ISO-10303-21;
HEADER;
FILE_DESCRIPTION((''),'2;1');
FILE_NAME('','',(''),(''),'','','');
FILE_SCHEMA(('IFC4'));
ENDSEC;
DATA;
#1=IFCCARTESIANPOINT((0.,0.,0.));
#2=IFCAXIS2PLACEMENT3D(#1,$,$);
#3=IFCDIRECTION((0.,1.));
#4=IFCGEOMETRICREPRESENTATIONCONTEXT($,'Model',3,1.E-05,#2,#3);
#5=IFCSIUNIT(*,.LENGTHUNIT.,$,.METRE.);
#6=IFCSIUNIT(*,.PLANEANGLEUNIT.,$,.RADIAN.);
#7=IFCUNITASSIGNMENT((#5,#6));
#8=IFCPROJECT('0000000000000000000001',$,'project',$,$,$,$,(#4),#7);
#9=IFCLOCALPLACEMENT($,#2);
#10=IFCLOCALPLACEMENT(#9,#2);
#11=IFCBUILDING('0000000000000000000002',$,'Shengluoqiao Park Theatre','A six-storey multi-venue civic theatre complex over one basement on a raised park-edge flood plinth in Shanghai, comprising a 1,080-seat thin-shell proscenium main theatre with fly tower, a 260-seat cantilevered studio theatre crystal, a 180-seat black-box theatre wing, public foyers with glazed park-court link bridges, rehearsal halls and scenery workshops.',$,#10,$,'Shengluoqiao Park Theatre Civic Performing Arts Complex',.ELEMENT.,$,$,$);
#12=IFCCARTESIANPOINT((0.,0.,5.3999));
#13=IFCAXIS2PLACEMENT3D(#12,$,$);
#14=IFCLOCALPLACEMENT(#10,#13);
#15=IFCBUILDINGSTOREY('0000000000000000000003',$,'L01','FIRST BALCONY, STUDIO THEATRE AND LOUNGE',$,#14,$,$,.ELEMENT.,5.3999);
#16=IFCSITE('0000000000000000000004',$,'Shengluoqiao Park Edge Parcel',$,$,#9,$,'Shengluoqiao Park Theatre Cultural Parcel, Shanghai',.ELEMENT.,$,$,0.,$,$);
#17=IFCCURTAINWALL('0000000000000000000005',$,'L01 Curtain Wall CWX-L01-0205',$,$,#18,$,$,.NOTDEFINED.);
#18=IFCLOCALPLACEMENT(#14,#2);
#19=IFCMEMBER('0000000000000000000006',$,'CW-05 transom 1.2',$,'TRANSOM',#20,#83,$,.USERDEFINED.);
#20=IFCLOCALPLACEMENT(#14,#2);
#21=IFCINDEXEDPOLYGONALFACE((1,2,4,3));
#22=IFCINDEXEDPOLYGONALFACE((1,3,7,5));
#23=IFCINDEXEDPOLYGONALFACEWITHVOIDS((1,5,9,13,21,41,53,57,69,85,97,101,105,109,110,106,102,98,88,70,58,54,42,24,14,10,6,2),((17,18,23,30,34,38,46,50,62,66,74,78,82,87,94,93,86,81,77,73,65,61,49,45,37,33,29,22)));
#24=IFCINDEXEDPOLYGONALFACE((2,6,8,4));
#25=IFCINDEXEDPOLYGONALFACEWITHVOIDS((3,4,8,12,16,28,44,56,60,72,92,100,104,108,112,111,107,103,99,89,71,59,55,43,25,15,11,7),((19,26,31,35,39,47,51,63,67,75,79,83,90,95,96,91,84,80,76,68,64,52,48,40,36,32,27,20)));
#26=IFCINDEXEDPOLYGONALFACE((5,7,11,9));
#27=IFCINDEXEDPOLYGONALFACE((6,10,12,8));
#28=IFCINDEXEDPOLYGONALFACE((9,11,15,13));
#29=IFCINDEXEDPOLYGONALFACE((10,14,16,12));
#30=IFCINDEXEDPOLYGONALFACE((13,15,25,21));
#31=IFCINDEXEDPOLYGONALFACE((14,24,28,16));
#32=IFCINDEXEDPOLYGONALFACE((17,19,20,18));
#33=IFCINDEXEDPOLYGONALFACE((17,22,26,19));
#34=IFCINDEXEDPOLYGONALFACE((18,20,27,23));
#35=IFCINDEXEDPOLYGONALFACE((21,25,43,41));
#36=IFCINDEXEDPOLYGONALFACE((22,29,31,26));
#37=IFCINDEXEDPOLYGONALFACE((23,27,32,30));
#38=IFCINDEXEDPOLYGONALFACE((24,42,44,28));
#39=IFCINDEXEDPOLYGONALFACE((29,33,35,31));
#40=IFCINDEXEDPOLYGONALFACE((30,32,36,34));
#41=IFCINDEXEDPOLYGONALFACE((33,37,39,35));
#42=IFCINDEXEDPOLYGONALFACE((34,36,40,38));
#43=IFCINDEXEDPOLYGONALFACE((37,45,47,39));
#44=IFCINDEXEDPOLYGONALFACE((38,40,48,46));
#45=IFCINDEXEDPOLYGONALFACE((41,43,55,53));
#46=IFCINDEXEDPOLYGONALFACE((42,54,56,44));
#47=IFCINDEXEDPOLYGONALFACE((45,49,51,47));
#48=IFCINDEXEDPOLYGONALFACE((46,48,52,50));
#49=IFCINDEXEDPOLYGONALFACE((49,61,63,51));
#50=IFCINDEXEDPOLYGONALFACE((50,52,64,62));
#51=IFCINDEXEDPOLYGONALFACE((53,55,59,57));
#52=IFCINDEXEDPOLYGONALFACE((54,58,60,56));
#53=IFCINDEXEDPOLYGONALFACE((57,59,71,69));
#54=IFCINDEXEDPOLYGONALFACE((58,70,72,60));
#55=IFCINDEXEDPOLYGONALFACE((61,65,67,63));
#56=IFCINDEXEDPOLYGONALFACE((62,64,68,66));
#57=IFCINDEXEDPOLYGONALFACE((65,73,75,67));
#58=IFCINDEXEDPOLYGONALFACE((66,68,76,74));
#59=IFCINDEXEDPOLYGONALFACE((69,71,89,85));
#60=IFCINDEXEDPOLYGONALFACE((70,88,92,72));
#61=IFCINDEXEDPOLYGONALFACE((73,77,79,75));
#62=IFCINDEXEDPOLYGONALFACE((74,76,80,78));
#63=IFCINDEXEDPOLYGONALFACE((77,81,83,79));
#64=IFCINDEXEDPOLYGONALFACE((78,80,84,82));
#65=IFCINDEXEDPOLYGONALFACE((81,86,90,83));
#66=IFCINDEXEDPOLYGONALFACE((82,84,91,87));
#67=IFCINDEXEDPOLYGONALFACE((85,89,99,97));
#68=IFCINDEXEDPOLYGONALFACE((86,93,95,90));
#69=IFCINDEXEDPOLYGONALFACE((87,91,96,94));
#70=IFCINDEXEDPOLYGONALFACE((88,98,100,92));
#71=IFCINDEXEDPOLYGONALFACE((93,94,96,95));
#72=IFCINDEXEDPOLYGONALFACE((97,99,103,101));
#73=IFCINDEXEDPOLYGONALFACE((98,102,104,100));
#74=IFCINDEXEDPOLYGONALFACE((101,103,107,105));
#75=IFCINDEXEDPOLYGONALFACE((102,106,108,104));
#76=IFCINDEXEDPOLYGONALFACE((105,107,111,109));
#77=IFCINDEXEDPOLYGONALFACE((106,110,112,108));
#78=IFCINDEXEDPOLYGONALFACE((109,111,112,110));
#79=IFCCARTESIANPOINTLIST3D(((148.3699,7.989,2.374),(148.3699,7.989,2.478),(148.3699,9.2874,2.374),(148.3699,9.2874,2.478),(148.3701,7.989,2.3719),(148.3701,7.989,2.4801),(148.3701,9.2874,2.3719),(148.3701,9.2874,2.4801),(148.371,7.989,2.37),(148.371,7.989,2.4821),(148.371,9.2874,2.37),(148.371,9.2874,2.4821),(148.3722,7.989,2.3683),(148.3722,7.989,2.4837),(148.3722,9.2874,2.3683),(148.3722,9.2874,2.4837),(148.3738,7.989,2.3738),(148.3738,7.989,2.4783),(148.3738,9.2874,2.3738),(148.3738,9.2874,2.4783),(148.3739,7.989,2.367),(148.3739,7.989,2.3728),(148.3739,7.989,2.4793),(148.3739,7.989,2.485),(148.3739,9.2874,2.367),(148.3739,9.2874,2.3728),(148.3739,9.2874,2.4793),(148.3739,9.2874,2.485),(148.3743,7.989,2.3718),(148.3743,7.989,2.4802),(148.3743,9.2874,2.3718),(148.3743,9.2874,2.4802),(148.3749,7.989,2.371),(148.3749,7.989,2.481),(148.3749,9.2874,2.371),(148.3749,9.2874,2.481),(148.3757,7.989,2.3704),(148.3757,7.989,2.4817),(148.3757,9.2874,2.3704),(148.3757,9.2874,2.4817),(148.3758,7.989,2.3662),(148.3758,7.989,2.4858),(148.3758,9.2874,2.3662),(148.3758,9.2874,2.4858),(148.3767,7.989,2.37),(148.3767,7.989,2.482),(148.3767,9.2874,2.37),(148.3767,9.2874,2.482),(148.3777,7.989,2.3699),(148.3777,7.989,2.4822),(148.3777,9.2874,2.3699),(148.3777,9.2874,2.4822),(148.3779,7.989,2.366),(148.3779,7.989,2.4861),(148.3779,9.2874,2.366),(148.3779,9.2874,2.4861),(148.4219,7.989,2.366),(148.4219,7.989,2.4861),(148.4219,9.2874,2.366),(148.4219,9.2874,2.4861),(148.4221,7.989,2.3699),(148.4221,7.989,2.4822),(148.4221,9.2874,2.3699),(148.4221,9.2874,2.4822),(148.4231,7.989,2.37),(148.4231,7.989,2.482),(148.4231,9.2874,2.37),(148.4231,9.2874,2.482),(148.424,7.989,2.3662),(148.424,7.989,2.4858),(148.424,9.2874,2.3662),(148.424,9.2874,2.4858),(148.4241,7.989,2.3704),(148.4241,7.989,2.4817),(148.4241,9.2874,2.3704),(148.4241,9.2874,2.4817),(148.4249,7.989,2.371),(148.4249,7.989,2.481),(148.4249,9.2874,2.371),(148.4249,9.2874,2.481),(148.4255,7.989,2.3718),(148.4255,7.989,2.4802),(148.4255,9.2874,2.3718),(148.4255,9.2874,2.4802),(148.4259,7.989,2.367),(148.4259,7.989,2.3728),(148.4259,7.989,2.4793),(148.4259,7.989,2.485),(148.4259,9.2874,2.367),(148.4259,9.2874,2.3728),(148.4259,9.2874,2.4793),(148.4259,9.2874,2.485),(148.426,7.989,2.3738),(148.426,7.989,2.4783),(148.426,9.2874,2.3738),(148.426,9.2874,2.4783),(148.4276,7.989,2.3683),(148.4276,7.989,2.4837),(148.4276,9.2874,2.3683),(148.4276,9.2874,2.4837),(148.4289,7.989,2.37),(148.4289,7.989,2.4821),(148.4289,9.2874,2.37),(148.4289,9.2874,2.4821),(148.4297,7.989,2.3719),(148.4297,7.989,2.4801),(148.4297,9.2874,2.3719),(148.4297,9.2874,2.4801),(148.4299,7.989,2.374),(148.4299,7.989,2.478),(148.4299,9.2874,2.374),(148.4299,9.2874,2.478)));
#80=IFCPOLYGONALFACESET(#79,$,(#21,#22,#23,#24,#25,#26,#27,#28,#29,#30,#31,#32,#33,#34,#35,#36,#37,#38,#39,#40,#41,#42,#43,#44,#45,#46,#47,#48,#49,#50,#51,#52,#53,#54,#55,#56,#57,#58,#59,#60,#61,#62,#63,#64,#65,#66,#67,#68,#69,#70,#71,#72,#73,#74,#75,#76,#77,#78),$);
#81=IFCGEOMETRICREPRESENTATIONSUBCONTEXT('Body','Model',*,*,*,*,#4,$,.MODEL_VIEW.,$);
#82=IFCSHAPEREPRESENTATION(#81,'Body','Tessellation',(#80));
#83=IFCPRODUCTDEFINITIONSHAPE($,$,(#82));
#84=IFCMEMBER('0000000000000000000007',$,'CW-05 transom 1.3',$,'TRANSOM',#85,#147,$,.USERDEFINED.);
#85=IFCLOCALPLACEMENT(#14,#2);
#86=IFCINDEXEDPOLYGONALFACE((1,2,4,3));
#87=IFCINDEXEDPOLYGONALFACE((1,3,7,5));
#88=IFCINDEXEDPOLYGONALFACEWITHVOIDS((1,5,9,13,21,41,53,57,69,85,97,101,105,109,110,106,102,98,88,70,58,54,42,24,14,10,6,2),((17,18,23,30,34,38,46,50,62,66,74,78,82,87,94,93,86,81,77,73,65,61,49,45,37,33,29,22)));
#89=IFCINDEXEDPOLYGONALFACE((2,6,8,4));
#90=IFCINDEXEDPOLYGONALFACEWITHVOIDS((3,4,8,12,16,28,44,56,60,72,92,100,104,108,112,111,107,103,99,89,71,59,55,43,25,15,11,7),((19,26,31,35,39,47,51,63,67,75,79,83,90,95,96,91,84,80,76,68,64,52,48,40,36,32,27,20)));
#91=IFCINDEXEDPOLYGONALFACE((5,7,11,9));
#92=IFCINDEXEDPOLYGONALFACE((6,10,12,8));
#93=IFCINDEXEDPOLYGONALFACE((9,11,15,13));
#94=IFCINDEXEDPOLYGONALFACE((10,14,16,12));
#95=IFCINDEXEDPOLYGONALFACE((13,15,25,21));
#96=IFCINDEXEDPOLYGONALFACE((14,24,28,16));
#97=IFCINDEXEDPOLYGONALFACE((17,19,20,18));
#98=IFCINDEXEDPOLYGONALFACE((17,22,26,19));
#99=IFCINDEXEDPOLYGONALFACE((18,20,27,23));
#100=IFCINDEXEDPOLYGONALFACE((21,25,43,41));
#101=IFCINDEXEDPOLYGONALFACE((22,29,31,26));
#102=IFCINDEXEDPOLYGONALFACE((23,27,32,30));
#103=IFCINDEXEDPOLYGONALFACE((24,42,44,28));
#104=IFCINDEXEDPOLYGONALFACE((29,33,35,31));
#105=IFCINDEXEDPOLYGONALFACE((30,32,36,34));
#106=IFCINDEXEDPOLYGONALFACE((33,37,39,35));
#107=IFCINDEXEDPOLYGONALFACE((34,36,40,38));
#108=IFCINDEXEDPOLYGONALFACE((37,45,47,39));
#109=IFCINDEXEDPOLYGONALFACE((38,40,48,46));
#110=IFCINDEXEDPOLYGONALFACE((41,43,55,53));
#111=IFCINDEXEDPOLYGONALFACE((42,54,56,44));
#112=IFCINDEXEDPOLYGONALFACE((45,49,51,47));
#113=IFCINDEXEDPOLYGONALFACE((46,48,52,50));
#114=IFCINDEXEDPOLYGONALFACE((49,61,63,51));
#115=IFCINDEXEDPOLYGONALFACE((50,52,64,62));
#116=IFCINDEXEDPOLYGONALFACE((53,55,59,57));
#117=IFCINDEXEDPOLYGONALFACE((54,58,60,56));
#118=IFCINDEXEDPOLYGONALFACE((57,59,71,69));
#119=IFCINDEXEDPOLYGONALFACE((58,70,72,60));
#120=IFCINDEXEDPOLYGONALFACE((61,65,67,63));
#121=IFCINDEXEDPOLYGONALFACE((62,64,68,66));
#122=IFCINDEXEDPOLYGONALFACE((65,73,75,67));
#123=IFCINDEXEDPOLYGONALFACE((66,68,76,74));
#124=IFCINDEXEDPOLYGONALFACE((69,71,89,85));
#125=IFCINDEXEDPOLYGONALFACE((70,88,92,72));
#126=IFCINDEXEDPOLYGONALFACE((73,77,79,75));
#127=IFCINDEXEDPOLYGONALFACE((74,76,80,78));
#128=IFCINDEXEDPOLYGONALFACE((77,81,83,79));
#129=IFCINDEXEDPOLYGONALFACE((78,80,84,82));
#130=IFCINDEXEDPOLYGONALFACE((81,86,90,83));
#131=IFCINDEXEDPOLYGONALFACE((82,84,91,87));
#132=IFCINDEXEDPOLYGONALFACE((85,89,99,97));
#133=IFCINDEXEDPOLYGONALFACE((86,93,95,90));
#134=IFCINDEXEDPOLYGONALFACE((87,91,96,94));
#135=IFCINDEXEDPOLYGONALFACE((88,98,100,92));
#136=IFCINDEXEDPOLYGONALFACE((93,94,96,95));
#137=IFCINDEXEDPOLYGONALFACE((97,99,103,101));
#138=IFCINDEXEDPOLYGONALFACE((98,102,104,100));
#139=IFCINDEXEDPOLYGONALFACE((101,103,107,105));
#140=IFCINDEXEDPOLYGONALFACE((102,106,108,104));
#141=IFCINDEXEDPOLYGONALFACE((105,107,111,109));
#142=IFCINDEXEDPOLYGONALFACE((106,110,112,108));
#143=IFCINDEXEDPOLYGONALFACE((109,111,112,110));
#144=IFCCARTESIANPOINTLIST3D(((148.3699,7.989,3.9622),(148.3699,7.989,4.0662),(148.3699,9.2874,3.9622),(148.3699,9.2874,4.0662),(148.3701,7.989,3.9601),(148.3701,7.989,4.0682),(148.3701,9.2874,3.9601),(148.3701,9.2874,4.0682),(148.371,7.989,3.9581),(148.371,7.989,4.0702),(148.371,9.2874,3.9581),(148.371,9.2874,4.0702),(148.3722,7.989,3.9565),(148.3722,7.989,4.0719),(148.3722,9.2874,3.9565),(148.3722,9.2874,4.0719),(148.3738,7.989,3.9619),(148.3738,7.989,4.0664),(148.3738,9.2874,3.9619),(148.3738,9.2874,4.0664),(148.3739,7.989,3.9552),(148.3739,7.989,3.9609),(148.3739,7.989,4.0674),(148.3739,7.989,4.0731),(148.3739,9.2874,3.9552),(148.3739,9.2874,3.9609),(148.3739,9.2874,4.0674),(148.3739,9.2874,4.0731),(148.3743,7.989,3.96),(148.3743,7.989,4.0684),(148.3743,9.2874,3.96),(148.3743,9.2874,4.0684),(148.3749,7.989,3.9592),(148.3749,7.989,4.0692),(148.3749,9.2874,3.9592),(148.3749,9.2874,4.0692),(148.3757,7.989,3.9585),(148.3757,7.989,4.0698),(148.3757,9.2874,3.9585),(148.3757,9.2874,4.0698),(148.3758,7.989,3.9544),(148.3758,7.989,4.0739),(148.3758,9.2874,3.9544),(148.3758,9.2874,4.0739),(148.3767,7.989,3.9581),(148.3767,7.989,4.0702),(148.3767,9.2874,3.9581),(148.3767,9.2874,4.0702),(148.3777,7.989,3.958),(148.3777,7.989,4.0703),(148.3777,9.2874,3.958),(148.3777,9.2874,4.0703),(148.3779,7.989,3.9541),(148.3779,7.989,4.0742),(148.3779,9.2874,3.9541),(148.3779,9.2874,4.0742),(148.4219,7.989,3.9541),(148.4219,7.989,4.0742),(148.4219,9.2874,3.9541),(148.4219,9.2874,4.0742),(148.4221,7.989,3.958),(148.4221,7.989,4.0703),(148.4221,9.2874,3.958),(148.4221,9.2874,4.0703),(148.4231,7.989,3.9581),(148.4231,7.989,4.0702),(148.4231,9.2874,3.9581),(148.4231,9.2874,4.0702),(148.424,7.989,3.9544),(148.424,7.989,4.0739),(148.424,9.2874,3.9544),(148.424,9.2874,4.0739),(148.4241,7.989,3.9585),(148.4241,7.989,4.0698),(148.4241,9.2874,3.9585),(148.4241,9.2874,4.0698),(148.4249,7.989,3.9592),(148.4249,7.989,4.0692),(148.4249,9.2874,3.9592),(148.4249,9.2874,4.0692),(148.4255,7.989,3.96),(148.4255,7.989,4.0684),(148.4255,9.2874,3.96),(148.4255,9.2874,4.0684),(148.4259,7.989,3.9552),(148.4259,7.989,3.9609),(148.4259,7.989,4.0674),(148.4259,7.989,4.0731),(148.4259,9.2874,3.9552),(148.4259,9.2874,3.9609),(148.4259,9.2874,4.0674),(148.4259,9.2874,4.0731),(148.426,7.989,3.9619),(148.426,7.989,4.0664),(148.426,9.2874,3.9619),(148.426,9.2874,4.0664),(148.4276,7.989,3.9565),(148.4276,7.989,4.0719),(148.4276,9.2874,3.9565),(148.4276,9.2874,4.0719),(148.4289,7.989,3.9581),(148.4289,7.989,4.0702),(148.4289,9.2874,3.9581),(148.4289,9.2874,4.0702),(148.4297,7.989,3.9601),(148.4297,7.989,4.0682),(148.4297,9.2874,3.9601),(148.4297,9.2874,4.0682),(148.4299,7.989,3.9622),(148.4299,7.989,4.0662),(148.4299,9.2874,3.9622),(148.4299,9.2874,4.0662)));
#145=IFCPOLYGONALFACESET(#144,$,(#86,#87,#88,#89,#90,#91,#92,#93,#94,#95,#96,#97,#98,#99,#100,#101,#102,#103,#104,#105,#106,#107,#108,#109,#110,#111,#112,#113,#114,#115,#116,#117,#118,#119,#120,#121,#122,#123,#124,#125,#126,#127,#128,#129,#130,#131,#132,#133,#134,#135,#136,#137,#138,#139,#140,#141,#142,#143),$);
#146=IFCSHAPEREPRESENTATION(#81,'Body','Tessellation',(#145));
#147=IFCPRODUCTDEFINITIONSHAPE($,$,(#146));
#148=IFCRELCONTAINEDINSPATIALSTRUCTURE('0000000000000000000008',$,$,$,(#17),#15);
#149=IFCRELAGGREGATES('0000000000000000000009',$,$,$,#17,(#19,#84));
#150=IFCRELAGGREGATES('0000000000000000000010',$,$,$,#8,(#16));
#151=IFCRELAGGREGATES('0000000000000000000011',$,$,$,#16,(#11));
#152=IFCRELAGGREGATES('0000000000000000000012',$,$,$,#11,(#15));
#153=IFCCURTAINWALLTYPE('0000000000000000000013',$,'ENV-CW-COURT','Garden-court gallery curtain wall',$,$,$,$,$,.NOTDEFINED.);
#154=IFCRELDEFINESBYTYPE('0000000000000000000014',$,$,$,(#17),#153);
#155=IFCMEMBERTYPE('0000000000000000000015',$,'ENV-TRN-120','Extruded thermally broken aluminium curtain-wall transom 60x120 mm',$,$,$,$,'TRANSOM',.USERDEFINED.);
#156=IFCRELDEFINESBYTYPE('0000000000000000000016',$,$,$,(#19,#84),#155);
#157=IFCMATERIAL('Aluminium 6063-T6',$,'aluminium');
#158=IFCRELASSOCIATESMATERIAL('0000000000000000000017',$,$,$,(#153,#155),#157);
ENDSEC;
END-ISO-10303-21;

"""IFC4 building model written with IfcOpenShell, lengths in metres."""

from ifc_helpers import new_model, si_unit, direction, frame, origin, origin_2d, place, context, subcontext, project, spatial, hollow_rectangle, extrude, material, material_profile, profile_set, type_object, element, aggregate, save


model = new_model("IFC4")

# Units and contexts
model_context = context("Model", 3, precision=1e-05, world=origin(), true_north=direction((0.0, 1.0)))
body_context = subcontext(model_context, "Body", "Model", "MODEL_VIEW")
ifc_project = project(units=[si_unit("LENGTHUNIT", "METRE"), si_unit("PLANEANGLEUNIT", "RADIAN")], contexts=[model_context])

# Site, building, storey
site_placement = place(None, origin())
site = spatial("IfcSite", under=ifc_project, at=site_placement, Name="Shengluoqiao Park Edge Parcel", LongName="Shengluoqiao Park Theatre Cultural Parcel, Shanghai", CompositionType="ELEMENT", RefElevation=0.0)
building_placement = place(site_placement, origin())
building = spatial("IfcBuilding", under=site, at=building_placement, Name="Shengluoqiao Park Theatre", Description="A six-storey multi-venue civic theatre complex over one basement on a raised park-edge flood plinth in Shanghai, comprising a 1,080-seat thin-shell proscenium main theatre with fly tower, a 260-seat cantilevered studio theatre crystal, a 180-seat black-box theatre wing, public foyers with glazed park-court link bridges, rehearsal halls and scenery workshops.", LongName="Shengluoqiao Park Theatre Civic Performing Arts Complex", CompositionType="ELEMENT")
storey_placement = place(building_placement, frame((0.0, 0.0, 5.3999)))
storey = spatial("IfcBuildingStorey", under=building, at=storey_placement, Name="L01", Description="FIRST BALCONY, STUDIO THEATRE AND LOUNGE", CompositionType="ELEMENT", Elevation=5.3999)

# Curtain wall, members
ifc_material_1 = material(Name="Aluminium 6063-T6", Category="aluminium")
curtain_wall_type = type_object("IfcCurtainWallType", Name="ENV-CW-COURT", Description="Garden-court gallery curtain wall", PredefinedType="NOTDEFINED", material=ifc_material_1)
curtain_wall_placement = place(storey_placement, origin())
curtain_wall = element("IfcCurtainWall", 1, at=curtain_wall_placement, inside=storey, type_object=curtain_wall_type, Name="L01 Curtain Wall CWX-L01-0205", PredefinedType="NOTDEFINED")
ifc_material_profile_1 = material_profile(ifc_material_1, hollow_rectangle(XDim=0.0601, YDim=0.1201, WallThickness=0.0039, InnerFilletRadius=0.0039, OuterFilletRadius=0.0081, at=origin_2d()), Name="ALU TRANSOM 120x60x4")
ifc_profile_set_1 = profile_set([ifc_material_profile_1], Name="Aluminium 6063-T6")
member_type_1 = type_object("IfcMemberType", Name="ENV-TRN-120", Description="Extruded thermally broken aluminium curtain-wall transom 60x120 mm", ElementType="TRANSOM", PredefinedType="USERDEFINED", material=ifc_profile_set_1)
member_1_placement = place(storey_placement, frame((148.3999, 7.989, 2.426), z_axis=(0.0, 1.0, 0.0), x_axis=(-1.0, 0.0, 0.0)))
member_1 = element("IfcMember", 2, at=member_1_placement, type_object=member_type_1, Name="CW-05 transom 1.2", ObjectType="TRANSOM", PredefinedType="USERDEFINED", context=body_context, shape_type="SweptSolid", body=[
    extrude(hollow_rectangle(XDim=0.0601, YDim=0.1201, WallThickness=0.0039, InnerFilletRadius=0.0039, OuterFilletRadius=0.0081, at=origin_2d()), origin(), (0.0, 0.0, 1.0), 1.2983),
])
member_2_placement = place(storey_placement, frame((148.3999, 7.989, 4.0142), z_axis=(0.0, 1.0, 0.0), x_axis=(-1.0, 0.0, 0.0)))
member_2 = element("IfcMember", 3, at=member_2_placement, type_object=member_type_1, Name="CW-05 transom 1.3", ObjectType="TRANSOM", PredefinedType="USERDEFINED", context=body_context, shape_type="SweptSolid", body=[
    extrude(hollow_rectangle(XDim=0.0601, YDim=0.1201, WallThickness=0.0039, InnerFilletRadius=0.0039, OuterFilletRadius=0.0081, at=origin_2d()), origin(), (0.0, 0.0, 1.0), 1.2983),
])

aggregate(curtain_wall, [member_1, member_2])

save(model, "model.ifc")
